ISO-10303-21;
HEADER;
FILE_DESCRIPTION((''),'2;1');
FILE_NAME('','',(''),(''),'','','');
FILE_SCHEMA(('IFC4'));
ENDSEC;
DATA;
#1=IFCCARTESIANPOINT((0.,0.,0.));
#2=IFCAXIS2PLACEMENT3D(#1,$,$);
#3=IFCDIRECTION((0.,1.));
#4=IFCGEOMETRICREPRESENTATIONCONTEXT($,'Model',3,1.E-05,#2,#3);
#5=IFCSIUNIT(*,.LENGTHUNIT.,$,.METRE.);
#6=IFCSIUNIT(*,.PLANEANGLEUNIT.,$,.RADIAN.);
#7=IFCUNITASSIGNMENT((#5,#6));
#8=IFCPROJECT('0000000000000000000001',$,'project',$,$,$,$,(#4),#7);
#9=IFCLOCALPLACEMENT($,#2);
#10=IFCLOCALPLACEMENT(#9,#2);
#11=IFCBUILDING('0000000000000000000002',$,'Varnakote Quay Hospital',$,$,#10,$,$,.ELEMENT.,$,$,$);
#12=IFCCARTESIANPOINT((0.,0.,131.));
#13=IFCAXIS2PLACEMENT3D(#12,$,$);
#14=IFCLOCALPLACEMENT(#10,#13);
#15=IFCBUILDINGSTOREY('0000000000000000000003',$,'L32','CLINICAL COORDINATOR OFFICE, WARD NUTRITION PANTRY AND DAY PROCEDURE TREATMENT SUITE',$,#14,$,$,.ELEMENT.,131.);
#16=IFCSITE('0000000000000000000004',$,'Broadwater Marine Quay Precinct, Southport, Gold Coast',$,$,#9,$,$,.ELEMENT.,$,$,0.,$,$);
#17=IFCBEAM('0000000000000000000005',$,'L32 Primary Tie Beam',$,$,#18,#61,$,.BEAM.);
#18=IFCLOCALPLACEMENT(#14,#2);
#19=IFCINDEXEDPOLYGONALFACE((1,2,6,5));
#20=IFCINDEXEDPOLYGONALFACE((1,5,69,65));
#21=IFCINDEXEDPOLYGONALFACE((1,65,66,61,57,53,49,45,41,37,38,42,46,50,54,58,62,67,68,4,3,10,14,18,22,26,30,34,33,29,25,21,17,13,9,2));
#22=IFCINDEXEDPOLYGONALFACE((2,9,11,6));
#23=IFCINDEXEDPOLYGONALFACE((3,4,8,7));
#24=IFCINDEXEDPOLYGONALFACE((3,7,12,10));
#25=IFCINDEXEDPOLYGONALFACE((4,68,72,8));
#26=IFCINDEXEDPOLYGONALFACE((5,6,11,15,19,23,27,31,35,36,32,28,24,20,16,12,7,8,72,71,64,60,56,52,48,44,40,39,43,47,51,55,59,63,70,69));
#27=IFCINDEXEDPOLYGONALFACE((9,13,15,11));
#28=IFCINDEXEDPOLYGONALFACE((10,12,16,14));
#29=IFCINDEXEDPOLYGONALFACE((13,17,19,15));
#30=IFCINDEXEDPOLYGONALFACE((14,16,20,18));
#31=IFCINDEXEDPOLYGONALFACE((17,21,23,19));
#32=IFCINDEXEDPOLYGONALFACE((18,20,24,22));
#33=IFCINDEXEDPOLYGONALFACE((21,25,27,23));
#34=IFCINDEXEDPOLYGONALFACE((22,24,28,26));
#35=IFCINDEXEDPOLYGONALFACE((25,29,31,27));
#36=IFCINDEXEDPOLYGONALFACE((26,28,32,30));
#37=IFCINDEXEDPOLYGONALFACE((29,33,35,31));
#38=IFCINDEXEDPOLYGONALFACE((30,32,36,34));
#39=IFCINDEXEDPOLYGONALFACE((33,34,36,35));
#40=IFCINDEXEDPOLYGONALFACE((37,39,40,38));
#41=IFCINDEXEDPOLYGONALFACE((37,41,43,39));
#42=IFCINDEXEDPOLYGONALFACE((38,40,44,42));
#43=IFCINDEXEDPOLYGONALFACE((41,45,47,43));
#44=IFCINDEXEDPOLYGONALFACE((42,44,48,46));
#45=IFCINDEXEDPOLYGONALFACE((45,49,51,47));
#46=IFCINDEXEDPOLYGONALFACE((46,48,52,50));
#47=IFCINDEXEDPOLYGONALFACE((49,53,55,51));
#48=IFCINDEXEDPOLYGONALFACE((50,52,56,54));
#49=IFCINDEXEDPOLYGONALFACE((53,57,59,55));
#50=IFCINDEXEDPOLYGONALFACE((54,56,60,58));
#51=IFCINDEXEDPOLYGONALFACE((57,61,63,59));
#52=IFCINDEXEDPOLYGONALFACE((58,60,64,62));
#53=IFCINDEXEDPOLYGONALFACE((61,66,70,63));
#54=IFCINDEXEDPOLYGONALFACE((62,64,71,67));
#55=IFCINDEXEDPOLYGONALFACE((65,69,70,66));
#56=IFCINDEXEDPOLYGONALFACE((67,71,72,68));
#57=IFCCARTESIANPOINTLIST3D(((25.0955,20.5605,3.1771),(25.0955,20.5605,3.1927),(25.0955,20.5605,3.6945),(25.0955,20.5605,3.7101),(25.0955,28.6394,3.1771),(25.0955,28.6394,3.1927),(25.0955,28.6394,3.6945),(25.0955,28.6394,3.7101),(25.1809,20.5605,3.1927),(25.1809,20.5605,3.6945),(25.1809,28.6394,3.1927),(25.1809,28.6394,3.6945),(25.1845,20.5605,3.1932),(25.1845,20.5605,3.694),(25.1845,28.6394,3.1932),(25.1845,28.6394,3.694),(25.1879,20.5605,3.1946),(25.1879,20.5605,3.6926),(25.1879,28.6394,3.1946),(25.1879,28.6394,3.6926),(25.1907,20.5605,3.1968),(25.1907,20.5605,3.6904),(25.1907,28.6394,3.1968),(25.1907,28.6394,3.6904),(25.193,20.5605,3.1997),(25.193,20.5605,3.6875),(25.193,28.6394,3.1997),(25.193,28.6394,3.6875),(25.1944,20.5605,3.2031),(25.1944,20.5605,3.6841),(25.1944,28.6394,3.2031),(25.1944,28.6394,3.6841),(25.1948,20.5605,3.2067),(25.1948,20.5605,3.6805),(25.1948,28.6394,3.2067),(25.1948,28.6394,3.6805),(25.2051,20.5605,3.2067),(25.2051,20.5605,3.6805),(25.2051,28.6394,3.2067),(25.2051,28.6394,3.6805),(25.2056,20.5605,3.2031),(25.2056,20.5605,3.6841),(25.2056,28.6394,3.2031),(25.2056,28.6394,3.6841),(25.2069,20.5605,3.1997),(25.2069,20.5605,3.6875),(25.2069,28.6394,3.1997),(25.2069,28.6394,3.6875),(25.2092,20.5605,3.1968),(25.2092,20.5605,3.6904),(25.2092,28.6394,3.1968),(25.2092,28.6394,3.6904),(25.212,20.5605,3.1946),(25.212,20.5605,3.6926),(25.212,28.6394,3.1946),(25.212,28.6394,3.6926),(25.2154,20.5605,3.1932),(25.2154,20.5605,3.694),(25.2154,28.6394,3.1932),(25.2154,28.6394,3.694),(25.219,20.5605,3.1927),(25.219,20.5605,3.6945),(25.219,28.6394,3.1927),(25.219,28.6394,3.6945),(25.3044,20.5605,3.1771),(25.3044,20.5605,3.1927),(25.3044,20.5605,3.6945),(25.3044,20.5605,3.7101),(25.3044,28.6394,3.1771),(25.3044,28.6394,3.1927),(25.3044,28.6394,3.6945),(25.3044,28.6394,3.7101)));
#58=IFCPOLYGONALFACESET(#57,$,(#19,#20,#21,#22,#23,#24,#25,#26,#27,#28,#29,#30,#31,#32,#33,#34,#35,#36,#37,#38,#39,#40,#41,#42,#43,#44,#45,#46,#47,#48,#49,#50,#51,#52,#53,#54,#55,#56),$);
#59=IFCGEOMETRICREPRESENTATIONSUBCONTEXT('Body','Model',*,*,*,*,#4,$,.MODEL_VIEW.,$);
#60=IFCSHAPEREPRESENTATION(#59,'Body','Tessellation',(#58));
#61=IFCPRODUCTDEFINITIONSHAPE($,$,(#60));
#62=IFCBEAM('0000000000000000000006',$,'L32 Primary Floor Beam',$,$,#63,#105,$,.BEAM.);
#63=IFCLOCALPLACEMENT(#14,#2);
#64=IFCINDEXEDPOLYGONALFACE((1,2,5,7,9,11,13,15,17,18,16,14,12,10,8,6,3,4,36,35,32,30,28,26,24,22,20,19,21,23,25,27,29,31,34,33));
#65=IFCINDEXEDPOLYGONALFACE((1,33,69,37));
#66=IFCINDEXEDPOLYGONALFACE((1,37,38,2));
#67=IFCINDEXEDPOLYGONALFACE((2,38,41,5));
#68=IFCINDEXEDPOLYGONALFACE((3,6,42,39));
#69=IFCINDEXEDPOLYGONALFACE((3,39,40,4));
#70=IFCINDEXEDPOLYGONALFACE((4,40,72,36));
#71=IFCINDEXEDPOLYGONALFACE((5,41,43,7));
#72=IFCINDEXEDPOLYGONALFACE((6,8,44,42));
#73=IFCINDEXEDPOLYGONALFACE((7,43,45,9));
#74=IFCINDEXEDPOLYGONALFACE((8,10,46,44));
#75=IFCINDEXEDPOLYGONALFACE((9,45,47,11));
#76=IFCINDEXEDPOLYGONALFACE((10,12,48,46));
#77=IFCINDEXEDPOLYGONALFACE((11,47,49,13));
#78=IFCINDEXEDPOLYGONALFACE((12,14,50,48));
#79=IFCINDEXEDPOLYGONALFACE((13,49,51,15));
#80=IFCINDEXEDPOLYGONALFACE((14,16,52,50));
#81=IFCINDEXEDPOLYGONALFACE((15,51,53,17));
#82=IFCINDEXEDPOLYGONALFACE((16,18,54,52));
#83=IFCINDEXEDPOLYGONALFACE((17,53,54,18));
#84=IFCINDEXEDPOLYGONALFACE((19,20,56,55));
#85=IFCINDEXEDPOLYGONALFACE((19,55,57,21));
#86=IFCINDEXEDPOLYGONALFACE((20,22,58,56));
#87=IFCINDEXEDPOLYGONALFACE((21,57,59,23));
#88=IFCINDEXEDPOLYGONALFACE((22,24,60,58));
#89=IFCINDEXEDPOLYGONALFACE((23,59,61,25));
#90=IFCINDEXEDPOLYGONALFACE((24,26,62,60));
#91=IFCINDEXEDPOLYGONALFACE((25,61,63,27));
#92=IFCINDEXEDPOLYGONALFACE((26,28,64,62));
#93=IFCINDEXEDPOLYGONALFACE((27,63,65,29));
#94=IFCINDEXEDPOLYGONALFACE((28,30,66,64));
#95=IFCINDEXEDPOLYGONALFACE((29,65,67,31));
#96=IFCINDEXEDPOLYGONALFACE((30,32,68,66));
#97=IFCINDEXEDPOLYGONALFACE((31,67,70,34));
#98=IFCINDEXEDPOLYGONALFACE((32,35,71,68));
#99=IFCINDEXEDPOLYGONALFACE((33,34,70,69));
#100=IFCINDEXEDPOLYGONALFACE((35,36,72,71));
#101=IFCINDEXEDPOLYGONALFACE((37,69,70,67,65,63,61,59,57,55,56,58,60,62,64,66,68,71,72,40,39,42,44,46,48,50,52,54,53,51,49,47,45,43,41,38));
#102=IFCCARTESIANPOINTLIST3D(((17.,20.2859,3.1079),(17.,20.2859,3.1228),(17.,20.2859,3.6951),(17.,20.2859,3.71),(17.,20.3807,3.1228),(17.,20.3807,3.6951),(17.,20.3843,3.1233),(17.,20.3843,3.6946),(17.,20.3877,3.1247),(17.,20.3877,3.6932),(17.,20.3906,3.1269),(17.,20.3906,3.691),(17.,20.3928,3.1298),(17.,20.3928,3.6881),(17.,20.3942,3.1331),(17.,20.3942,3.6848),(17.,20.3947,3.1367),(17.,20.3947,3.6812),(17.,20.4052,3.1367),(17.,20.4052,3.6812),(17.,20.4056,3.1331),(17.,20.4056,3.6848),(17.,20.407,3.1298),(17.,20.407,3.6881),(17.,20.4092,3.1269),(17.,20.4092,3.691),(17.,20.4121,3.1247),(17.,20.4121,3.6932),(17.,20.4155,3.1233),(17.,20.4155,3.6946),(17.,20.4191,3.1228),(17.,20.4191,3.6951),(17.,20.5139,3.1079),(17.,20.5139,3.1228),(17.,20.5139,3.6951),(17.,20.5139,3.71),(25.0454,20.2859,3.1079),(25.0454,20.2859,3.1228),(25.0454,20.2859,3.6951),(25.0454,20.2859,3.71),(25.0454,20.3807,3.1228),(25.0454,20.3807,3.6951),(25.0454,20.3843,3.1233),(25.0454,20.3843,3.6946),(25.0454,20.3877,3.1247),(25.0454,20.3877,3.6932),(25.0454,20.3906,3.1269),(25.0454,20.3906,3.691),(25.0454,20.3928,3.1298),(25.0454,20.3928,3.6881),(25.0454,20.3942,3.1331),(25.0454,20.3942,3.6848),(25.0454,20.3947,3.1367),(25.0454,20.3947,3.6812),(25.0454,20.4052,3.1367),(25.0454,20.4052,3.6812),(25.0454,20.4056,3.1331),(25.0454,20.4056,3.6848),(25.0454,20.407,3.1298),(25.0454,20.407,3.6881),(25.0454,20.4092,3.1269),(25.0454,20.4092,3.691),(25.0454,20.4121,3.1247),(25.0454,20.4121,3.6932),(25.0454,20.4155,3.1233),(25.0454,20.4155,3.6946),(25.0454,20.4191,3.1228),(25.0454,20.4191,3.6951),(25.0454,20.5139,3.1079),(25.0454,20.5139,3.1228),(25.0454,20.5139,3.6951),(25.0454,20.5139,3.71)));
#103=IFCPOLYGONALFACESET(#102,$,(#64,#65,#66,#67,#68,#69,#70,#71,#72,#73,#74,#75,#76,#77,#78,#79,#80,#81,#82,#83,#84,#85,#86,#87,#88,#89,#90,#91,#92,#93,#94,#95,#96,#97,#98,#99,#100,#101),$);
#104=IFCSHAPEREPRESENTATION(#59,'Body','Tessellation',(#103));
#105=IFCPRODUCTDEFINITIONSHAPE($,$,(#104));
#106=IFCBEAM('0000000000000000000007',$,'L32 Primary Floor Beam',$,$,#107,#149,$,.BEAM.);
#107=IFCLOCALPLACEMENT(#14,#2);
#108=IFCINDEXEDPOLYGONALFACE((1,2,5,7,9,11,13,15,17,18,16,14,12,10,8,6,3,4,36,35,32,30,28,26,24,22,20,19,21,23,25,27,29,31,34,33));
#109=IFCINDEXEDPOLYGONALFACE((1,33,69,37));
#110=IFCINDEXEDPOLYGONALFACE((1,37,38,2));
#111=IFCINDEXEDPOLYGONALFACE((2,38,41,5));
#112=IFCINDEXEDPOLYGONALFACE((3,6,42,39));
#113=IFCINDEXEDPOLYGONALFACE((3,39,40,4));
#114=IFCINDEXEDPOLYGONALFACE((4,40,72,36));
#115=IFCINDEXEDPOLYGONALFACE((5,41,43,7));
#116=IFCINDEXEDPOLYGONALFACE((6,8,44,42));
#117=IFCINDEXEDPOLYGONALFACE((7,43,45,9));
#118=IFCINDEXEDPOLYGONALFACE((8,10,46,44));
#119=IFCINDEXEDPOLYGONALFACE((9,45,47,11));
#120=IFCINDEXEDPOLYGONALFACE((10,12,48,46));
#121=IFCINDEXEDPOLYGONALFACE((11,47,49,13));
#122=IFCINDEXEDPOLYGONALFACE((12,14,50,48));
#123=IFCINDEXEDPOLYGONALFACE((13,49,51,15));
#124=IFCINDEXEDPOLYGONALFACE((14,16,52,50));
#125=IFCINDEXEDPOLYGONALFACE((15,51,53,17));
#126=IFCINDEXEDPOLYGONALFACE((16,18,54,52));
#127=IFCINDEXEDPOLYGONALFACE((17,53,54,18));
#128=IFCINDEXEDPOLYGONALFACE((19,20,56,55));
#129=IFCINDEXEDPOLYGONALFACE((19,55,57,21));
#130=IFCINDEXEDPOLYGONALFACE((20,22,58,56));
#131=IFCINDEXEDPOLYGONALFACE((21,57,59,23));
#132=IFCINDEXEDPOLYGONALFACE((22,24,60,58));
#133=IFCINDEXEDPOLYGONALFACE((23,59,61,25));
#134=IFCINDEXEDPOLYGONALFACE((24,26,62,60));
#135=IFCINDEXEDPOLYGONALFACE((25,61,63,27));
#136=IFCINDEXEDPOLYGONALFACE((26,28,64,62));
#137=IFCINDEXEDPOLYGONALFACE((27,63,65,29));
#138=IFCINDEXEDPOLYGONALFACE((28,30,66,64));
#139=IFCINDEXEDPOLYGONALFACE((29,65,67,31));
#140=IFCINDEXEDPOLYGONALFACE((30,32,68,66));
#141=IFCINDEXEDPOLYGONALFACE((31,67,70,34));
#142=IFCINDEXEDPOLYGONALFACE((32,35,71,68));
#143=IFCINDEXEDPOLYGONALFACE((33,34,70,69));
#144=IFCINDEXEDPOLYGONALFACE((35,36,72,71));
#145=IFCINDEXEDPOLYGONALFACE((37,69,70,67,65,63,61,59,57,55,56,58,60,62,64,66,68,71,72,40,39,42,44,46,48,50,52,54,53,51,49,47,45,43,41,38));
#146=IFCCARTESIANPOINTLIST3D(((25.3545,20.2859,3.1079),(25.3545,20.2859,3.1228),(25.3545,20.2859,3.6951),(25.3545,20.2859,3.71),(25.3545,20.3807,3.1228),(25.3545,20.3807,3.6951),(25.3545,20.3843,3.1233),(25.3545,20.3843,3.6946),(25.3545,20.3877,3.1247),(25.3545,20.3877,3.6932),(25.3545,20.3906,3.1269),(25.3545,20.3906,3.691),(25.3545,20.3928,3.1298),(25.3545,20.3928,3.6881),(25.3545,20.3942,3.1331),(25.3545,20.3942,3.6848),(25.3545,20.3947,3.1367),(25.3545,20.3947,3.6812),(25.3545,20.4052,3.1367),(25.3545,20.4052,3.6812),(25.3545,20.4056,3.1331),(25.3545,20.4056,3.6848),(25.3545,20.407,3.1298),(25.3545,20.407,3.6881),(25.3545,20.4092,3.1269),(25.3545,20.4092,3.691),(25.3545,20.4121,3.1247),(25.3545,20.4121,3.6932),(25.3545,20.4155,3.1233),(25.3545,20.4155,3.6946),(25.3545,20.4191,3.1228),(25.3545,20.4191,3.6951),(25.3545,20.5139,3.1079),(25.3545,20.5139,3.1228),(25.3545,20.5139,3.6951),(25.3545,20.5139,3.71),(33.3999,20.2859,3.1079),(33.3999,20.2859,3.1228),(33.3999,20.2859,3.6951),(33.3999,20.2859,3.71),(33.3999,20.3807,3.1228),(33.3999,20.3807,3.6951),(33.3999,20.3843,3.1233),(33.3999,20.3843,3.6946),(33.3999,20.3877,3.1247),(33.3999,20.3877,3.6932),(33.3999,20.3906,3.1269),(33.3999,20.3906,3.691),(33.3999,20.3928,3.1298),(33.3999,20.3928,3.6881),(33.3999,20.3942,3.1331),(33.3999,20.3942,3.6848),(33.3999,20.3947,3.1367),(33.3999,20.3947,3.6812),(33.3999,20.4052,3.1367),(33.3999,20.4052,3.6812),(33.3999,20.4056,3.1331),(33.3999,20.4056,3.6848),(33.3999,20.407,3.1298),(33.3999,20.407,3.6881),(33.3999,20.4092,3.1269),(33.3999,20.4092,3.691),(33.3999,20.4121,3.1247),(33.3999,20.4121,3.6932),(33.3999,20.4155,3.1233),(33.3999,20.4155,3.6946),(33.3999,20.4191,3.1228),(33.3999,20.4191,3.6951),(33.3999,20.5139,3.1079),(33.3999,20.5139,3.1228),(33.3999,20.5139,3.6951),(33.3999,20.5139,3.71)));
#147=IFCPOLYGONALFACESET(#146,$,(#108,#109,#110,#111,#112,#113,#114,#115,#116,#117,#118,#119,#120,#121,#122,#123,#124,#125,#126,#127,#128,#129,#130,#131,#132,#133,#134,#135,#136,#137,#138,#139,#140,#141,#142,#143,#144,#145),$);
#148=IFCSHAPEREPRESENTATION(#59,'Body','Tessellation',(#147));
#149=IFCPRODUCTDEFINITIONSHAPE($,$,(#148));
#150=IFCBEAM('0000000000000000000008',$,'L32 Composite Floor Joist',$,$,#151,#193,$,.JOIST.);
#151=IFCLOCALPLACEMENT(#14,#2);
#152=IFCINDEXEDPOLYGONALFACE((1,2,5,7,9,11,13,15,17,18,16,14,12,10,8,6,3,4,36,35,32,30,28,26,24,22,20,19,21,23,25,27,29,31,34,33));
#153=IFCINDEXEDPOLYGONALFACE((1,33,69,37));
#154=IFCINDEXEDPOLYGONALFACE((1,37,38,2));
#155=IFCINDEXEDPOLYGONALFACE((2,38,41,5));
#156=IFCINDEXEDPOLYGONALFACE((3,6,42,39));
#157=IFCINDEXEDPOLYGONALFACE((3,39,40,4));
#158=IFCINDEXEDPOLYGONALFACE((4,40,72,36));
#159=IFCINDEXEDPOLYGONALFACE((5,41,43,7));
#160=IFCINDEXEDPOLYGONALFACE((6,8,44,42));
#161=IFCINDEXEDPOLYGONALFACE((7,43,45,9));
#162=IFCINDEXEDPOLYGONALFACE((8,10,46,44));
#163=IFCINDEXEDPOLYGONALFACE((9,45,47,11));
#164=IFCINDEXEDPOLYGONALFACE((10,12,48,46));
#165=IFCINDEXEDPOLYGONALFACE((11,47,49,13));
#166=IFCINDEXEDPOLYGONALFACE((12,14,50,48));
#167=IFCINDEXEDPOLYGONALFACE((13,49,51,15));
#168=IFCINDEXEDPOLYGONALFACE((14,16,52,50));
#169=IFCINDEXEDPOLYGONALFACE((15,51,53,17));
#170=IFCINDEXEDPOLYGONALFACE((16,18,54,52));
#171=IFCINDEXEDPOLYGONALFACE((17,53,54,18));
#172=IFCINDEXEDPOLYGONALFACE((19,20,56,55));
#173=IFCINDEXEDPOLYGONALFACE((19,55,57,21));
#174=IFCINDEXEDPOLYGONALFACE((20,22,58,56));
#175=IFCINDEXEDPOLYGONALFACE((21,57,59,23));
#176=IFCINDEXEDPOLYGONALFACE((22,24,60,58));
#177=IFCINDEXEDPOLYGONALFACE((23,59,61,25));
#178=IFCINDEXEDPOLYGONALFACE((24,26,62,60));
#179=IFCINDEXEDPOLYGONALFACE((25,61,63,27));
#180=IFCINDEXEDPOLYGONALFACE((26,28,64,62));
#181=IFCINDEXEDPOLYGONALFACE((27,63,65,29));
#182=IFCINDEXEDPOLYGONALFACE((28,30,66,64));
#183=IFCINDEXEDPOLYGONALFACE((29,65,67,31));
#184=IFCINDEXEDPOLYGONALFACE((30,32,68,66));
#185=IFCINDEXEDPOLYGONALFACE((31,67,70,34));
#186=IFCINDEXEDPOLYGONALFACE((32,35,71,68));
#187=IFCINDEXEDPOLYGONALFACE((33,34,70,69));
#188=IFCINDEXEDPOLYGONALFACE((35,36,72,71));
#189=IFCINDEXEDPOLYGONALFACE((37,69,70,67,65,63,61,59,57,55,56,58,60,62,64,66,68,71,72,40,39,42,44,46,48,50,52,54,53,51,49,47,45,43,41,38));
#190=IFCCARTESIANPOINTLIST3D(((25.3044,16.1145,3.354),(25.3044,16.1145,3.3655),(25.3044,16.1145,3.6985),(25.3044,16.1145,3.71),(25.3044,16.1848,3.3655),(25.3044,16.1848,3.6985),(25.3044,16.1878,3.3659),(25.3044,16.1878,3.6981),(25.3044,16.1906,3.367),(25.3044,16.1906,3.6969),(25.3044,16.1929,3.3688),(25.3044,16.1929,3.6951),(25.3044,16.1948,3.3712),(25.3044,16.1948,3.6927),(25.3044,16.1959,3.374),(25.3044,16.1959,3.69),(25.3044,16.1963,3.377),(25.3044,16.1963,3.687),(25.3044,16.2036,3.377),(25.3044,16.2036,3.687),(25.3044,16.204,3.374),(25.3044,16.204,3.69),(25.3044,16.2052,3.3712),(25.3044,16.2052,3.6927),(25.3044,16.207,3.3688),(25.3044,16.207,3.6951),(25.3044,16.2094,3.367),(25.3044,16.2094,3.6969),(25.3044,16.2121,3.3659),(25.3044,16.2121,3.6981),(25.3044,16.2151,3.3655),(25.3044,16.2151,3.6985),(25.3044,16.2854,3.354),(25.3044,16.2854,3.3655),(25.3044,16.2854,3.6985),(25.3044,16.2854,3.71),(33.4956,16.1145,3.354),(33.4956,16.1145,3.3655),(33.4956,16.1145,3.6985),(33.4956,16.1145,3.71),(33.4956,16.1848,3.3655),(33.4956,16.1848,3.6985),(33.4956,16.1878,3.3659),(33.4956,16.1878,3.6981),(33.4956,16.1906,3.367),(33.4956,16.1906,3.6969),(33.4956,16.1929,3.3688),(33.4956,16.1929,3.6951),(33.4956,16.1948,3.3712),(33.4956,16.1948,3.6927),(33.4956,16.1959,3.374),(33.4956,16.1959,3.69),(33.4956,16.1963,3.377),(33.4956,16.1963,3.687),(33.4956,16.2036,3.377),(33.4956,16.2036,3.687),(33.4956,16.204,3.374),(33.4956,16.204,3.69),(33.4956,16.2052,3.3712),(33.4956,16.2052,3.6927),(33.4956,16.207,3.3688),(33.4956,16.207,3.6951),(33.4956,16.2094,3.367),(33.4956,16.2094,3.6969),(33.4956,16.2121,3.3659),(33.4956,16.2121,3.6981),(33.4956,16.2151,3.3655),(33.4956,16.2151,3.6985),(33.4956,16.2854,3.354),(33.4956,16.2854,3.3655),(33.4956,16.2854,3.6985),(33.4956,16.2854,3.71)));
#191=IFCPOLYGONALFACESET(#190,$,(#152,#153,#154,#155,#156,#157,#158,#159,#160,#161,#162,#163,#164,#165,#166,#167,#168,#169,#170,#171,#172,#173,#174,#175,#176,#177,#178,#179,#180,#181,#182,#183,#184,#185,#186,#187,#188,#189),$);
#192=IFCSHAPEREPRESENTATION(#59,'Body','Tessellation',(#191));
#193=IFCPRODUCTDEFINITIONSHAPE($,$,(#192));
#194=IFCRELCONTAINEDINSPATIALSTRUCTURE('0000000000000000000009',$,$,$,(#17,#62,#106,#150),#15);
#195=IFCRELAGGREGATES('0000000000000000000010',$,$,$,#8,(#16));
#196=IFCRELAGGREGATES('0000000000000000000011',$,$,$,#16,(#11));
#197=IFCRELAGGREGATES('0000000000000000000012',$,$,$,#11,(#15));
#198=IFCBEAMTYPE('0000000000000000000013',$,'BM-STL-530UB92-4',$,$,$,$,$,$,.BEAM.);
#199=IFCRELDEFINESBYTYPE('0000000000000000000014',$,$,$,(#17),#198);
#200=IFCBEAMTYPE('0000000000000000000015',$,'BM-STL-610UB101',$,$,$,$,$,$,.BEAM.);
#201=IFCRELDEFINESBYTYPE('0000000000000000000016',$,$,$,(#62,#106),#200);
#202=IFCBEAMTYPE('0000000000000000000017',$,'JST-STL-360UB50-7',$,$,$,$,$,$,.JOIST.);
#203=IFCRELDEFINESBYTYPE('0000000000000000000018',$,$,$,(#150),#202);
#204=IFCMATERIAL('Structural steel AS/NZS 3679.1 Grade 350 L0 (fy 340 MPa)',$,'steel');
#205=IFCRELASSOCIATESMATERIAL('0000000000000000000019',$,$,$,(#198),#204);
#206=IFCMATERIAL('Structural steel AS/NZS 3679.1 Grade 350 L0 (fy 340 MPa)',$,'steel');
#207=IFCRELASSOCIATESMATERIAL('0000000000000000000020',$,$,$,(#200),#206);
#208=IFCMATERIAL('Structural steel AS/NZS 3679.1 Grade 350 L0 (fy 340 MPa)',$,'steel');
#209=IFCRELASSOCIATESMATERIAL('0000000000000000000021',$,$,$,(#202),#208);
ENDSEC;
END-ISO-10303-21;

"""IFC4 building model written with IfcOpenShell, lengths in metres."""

from ifc_helpers import new_model, si_unit, direction, frame, origin, origin_2d, place, context, subcontext, project, spatial, i_section, extrude, material, material_profile, profile_set, type_object, element, save


model = new_model("IFC4")

# Units and contexts
model_context = context("Model", 3, precision=1e-05, world=origin(), true_north=direction((0.0, 1.0)))
body_context = subcontext(model_context, "Body", "Model", "MODEL_VIEW")
ifc_project = project(units=[si_unit("LENGTHUNIT", "METRE"), si_unit("PLANEANGLEUNIT", "RADIAN")], contexts=[model_context])

# Site, building, storey
site_placement = place(None, origin())
site = spatial("IfcSite", under=ifc_project, at=site_placement, Name="Broadwater Marine Quay Precinct, Southport, Gold Coast", CompositionType="ELEMENT", RefElevation=0.0)
building_placement = place(site_placement, origin())
building = spatial("IfcBuilding", under=site, at=building_placement, Name="Varnakote Quay Hospital", CompositionType="ELEMENT")
storey_placement = place(building_placement, frame((0.0, 0.0, 131.0)))
storey = spatial("IfcBuildingStorey", under=building, at=storey_placement, Name="L32", Description="CLINICAL COORDINATOR OFFICE, WARD NUTRITION PANTRY AND DAY PROCEDURE TREATMENT SUITE", CompositionType="ELEMENT", Elevation=131.0)

# Beams
ifc_material_1 = material(Name="Structural steel AS/NZS 3679.1 Grade 350 L0 (fy 340 MPa)", Category="steel")
ifc_material_profile_1 = material_profile(ifc_material_1, i_section(OverallWidth=0.209, OverallDepth=0.533, WebThickness=0.0103, FlangeThickness=0.0156, FilletRadius=0.0139, at=origin_2d()), Name="530UB92.4")
ifc_profile_set_1 = profile_set([ifc_material_profile_1], Name="Structural steel AS/NZS 3679.1 Grade 350 L0 (fy 340 MPa)")
beam_type_1 = type_object("IfcBeamType", Name="BM-STL-530UB92-4", PredefinedType="BEAM", material=ifc_profile_set_1)
beam_1_placement = place(storey_placement, frame((25.2, 20.5605, 3.4436), z_axis=(0.0, 1.0, 0.0), x_axis=(-1.0, 0.0, 0.0)))
element("IfcBeam", 1, at=beam_1_placement, inside=storey, type_object=beam_type_1, Name="L32 Primary Tie Beam", PredefinedType="BEAM", context=body_context, shape_type="SweptSolid", body=[
    extrude(i_section(OverallWidth=0.209, OverallDepth=0.533, WebThickness=0.0103, FlangeThickness=0.0156, FilletRadius=0.0139, at=origin_2d()), origin(), (0.0, 0.0, 1.0), 8.0789),
])
ifc_material_2 = material(Name="Structural steel AS/NZS 3679.1 Grade 350 L0 (fy 340 MPa)", Category="steel")
ifc_material_profile_2 = material_profile(ifc_material_2, i_section(OverallWidth=0.228, OverallDepth=0.6021, WebThickness=0.0105, FlangeThickness=0.0149, FilletRadius=0.0139, at=origin_2d()), Name="610UB101")
ifc_profile_set_2 = profile_set([ifc_material_profile_2], Name="Structural steel AS/NZS 3679.1 Grade 350 L0 (fy 340 MPa)")
beam_type_2 = type_object("IfcBeamType", Name="BM-STL-610UB101", PredefinedType="BEAM", material=ifc_profile_set_2)
for number, where, z_axis, x_axis, name in (
    (2, (17.0, 20.3999, 3.4089), (1.0, 0.0, 0.0), (0.0, 1.0, 0.0), "L32 Primary Floor Beam"),
    (3, (25.3545, 20.3999, 3.4089), (1.0, 0.0, 0.0), (0.0, 1.0, 0.0), "L32 Primary Floor Beam"),
):
    element("IfcBeam", number, at=place(storey_placement, frame(where, z_axis=z_axis, x_axis=x_axis)), inside=storey, type_object=beam_type_2, Name=name, PredefinedType="BEAM", context=body_context, shape_type="SweptSolid", body=[
        extrude(i_section(OverallWidth=0.228, OverallDepth=0.6021, WebThickness=0.0105, FlangeThickness=0.0149, FilletRadius=0.0139, at=origin_2d()), origin(), (0.0, 0.0, 1.0), 8.0454),
    ])
ifc_material_3 = material(Name="Structural steel AS/NZS 3679.1 Grade 350 L0 (fy 340 MPa)", Category="steel")
ifc_material_profile_3 = material_profile(ifc_material_3, i_section(OverallWidth=0.1709, OverallDepth=0.356, WebThickness=0.0073, FlangeThickness=0.0115, FilletRadius=0.0115, at=origin_2d()), Name="360UB50.7")
ifc_profile_set_3 = profile_set([ifc_material_profile_3], Name="Structural steel AS/NZS 3679.1 Grade 350 L0 (fy 340 MPa)")
beam_type_3 = type_object("IfcBeamType", Name="JST-STL-360UB50-7", PredefinedType="JOIST", material=ifc_profile_set_3)
beam_2_placement = place(storey_placement, frame((25.3044, 16.2, 3.532), z_axis=(1.0, 0.0, 0.0), x_axis=(0.0, 1.0, 0.0)))
element("IfcBeam", 4, at=beam_2_placement, inside=storey, type_object=beam_type_3, Name="L32 Composite Floor Joist", PredefinedType="JOIST", context=body_context, shape_type="SweptSolid", body=[
    extrude(i_section(OverallWidth=0.1709, OverallDepth=0.356, WebThickness=0.0073, FlangeThickness=0.0115, FilletRadius=0.0115, at=origin_2d()), origin(), (0.0, 0.0, 1.0), 8.1912),
])

save(model, "model.ifc")
